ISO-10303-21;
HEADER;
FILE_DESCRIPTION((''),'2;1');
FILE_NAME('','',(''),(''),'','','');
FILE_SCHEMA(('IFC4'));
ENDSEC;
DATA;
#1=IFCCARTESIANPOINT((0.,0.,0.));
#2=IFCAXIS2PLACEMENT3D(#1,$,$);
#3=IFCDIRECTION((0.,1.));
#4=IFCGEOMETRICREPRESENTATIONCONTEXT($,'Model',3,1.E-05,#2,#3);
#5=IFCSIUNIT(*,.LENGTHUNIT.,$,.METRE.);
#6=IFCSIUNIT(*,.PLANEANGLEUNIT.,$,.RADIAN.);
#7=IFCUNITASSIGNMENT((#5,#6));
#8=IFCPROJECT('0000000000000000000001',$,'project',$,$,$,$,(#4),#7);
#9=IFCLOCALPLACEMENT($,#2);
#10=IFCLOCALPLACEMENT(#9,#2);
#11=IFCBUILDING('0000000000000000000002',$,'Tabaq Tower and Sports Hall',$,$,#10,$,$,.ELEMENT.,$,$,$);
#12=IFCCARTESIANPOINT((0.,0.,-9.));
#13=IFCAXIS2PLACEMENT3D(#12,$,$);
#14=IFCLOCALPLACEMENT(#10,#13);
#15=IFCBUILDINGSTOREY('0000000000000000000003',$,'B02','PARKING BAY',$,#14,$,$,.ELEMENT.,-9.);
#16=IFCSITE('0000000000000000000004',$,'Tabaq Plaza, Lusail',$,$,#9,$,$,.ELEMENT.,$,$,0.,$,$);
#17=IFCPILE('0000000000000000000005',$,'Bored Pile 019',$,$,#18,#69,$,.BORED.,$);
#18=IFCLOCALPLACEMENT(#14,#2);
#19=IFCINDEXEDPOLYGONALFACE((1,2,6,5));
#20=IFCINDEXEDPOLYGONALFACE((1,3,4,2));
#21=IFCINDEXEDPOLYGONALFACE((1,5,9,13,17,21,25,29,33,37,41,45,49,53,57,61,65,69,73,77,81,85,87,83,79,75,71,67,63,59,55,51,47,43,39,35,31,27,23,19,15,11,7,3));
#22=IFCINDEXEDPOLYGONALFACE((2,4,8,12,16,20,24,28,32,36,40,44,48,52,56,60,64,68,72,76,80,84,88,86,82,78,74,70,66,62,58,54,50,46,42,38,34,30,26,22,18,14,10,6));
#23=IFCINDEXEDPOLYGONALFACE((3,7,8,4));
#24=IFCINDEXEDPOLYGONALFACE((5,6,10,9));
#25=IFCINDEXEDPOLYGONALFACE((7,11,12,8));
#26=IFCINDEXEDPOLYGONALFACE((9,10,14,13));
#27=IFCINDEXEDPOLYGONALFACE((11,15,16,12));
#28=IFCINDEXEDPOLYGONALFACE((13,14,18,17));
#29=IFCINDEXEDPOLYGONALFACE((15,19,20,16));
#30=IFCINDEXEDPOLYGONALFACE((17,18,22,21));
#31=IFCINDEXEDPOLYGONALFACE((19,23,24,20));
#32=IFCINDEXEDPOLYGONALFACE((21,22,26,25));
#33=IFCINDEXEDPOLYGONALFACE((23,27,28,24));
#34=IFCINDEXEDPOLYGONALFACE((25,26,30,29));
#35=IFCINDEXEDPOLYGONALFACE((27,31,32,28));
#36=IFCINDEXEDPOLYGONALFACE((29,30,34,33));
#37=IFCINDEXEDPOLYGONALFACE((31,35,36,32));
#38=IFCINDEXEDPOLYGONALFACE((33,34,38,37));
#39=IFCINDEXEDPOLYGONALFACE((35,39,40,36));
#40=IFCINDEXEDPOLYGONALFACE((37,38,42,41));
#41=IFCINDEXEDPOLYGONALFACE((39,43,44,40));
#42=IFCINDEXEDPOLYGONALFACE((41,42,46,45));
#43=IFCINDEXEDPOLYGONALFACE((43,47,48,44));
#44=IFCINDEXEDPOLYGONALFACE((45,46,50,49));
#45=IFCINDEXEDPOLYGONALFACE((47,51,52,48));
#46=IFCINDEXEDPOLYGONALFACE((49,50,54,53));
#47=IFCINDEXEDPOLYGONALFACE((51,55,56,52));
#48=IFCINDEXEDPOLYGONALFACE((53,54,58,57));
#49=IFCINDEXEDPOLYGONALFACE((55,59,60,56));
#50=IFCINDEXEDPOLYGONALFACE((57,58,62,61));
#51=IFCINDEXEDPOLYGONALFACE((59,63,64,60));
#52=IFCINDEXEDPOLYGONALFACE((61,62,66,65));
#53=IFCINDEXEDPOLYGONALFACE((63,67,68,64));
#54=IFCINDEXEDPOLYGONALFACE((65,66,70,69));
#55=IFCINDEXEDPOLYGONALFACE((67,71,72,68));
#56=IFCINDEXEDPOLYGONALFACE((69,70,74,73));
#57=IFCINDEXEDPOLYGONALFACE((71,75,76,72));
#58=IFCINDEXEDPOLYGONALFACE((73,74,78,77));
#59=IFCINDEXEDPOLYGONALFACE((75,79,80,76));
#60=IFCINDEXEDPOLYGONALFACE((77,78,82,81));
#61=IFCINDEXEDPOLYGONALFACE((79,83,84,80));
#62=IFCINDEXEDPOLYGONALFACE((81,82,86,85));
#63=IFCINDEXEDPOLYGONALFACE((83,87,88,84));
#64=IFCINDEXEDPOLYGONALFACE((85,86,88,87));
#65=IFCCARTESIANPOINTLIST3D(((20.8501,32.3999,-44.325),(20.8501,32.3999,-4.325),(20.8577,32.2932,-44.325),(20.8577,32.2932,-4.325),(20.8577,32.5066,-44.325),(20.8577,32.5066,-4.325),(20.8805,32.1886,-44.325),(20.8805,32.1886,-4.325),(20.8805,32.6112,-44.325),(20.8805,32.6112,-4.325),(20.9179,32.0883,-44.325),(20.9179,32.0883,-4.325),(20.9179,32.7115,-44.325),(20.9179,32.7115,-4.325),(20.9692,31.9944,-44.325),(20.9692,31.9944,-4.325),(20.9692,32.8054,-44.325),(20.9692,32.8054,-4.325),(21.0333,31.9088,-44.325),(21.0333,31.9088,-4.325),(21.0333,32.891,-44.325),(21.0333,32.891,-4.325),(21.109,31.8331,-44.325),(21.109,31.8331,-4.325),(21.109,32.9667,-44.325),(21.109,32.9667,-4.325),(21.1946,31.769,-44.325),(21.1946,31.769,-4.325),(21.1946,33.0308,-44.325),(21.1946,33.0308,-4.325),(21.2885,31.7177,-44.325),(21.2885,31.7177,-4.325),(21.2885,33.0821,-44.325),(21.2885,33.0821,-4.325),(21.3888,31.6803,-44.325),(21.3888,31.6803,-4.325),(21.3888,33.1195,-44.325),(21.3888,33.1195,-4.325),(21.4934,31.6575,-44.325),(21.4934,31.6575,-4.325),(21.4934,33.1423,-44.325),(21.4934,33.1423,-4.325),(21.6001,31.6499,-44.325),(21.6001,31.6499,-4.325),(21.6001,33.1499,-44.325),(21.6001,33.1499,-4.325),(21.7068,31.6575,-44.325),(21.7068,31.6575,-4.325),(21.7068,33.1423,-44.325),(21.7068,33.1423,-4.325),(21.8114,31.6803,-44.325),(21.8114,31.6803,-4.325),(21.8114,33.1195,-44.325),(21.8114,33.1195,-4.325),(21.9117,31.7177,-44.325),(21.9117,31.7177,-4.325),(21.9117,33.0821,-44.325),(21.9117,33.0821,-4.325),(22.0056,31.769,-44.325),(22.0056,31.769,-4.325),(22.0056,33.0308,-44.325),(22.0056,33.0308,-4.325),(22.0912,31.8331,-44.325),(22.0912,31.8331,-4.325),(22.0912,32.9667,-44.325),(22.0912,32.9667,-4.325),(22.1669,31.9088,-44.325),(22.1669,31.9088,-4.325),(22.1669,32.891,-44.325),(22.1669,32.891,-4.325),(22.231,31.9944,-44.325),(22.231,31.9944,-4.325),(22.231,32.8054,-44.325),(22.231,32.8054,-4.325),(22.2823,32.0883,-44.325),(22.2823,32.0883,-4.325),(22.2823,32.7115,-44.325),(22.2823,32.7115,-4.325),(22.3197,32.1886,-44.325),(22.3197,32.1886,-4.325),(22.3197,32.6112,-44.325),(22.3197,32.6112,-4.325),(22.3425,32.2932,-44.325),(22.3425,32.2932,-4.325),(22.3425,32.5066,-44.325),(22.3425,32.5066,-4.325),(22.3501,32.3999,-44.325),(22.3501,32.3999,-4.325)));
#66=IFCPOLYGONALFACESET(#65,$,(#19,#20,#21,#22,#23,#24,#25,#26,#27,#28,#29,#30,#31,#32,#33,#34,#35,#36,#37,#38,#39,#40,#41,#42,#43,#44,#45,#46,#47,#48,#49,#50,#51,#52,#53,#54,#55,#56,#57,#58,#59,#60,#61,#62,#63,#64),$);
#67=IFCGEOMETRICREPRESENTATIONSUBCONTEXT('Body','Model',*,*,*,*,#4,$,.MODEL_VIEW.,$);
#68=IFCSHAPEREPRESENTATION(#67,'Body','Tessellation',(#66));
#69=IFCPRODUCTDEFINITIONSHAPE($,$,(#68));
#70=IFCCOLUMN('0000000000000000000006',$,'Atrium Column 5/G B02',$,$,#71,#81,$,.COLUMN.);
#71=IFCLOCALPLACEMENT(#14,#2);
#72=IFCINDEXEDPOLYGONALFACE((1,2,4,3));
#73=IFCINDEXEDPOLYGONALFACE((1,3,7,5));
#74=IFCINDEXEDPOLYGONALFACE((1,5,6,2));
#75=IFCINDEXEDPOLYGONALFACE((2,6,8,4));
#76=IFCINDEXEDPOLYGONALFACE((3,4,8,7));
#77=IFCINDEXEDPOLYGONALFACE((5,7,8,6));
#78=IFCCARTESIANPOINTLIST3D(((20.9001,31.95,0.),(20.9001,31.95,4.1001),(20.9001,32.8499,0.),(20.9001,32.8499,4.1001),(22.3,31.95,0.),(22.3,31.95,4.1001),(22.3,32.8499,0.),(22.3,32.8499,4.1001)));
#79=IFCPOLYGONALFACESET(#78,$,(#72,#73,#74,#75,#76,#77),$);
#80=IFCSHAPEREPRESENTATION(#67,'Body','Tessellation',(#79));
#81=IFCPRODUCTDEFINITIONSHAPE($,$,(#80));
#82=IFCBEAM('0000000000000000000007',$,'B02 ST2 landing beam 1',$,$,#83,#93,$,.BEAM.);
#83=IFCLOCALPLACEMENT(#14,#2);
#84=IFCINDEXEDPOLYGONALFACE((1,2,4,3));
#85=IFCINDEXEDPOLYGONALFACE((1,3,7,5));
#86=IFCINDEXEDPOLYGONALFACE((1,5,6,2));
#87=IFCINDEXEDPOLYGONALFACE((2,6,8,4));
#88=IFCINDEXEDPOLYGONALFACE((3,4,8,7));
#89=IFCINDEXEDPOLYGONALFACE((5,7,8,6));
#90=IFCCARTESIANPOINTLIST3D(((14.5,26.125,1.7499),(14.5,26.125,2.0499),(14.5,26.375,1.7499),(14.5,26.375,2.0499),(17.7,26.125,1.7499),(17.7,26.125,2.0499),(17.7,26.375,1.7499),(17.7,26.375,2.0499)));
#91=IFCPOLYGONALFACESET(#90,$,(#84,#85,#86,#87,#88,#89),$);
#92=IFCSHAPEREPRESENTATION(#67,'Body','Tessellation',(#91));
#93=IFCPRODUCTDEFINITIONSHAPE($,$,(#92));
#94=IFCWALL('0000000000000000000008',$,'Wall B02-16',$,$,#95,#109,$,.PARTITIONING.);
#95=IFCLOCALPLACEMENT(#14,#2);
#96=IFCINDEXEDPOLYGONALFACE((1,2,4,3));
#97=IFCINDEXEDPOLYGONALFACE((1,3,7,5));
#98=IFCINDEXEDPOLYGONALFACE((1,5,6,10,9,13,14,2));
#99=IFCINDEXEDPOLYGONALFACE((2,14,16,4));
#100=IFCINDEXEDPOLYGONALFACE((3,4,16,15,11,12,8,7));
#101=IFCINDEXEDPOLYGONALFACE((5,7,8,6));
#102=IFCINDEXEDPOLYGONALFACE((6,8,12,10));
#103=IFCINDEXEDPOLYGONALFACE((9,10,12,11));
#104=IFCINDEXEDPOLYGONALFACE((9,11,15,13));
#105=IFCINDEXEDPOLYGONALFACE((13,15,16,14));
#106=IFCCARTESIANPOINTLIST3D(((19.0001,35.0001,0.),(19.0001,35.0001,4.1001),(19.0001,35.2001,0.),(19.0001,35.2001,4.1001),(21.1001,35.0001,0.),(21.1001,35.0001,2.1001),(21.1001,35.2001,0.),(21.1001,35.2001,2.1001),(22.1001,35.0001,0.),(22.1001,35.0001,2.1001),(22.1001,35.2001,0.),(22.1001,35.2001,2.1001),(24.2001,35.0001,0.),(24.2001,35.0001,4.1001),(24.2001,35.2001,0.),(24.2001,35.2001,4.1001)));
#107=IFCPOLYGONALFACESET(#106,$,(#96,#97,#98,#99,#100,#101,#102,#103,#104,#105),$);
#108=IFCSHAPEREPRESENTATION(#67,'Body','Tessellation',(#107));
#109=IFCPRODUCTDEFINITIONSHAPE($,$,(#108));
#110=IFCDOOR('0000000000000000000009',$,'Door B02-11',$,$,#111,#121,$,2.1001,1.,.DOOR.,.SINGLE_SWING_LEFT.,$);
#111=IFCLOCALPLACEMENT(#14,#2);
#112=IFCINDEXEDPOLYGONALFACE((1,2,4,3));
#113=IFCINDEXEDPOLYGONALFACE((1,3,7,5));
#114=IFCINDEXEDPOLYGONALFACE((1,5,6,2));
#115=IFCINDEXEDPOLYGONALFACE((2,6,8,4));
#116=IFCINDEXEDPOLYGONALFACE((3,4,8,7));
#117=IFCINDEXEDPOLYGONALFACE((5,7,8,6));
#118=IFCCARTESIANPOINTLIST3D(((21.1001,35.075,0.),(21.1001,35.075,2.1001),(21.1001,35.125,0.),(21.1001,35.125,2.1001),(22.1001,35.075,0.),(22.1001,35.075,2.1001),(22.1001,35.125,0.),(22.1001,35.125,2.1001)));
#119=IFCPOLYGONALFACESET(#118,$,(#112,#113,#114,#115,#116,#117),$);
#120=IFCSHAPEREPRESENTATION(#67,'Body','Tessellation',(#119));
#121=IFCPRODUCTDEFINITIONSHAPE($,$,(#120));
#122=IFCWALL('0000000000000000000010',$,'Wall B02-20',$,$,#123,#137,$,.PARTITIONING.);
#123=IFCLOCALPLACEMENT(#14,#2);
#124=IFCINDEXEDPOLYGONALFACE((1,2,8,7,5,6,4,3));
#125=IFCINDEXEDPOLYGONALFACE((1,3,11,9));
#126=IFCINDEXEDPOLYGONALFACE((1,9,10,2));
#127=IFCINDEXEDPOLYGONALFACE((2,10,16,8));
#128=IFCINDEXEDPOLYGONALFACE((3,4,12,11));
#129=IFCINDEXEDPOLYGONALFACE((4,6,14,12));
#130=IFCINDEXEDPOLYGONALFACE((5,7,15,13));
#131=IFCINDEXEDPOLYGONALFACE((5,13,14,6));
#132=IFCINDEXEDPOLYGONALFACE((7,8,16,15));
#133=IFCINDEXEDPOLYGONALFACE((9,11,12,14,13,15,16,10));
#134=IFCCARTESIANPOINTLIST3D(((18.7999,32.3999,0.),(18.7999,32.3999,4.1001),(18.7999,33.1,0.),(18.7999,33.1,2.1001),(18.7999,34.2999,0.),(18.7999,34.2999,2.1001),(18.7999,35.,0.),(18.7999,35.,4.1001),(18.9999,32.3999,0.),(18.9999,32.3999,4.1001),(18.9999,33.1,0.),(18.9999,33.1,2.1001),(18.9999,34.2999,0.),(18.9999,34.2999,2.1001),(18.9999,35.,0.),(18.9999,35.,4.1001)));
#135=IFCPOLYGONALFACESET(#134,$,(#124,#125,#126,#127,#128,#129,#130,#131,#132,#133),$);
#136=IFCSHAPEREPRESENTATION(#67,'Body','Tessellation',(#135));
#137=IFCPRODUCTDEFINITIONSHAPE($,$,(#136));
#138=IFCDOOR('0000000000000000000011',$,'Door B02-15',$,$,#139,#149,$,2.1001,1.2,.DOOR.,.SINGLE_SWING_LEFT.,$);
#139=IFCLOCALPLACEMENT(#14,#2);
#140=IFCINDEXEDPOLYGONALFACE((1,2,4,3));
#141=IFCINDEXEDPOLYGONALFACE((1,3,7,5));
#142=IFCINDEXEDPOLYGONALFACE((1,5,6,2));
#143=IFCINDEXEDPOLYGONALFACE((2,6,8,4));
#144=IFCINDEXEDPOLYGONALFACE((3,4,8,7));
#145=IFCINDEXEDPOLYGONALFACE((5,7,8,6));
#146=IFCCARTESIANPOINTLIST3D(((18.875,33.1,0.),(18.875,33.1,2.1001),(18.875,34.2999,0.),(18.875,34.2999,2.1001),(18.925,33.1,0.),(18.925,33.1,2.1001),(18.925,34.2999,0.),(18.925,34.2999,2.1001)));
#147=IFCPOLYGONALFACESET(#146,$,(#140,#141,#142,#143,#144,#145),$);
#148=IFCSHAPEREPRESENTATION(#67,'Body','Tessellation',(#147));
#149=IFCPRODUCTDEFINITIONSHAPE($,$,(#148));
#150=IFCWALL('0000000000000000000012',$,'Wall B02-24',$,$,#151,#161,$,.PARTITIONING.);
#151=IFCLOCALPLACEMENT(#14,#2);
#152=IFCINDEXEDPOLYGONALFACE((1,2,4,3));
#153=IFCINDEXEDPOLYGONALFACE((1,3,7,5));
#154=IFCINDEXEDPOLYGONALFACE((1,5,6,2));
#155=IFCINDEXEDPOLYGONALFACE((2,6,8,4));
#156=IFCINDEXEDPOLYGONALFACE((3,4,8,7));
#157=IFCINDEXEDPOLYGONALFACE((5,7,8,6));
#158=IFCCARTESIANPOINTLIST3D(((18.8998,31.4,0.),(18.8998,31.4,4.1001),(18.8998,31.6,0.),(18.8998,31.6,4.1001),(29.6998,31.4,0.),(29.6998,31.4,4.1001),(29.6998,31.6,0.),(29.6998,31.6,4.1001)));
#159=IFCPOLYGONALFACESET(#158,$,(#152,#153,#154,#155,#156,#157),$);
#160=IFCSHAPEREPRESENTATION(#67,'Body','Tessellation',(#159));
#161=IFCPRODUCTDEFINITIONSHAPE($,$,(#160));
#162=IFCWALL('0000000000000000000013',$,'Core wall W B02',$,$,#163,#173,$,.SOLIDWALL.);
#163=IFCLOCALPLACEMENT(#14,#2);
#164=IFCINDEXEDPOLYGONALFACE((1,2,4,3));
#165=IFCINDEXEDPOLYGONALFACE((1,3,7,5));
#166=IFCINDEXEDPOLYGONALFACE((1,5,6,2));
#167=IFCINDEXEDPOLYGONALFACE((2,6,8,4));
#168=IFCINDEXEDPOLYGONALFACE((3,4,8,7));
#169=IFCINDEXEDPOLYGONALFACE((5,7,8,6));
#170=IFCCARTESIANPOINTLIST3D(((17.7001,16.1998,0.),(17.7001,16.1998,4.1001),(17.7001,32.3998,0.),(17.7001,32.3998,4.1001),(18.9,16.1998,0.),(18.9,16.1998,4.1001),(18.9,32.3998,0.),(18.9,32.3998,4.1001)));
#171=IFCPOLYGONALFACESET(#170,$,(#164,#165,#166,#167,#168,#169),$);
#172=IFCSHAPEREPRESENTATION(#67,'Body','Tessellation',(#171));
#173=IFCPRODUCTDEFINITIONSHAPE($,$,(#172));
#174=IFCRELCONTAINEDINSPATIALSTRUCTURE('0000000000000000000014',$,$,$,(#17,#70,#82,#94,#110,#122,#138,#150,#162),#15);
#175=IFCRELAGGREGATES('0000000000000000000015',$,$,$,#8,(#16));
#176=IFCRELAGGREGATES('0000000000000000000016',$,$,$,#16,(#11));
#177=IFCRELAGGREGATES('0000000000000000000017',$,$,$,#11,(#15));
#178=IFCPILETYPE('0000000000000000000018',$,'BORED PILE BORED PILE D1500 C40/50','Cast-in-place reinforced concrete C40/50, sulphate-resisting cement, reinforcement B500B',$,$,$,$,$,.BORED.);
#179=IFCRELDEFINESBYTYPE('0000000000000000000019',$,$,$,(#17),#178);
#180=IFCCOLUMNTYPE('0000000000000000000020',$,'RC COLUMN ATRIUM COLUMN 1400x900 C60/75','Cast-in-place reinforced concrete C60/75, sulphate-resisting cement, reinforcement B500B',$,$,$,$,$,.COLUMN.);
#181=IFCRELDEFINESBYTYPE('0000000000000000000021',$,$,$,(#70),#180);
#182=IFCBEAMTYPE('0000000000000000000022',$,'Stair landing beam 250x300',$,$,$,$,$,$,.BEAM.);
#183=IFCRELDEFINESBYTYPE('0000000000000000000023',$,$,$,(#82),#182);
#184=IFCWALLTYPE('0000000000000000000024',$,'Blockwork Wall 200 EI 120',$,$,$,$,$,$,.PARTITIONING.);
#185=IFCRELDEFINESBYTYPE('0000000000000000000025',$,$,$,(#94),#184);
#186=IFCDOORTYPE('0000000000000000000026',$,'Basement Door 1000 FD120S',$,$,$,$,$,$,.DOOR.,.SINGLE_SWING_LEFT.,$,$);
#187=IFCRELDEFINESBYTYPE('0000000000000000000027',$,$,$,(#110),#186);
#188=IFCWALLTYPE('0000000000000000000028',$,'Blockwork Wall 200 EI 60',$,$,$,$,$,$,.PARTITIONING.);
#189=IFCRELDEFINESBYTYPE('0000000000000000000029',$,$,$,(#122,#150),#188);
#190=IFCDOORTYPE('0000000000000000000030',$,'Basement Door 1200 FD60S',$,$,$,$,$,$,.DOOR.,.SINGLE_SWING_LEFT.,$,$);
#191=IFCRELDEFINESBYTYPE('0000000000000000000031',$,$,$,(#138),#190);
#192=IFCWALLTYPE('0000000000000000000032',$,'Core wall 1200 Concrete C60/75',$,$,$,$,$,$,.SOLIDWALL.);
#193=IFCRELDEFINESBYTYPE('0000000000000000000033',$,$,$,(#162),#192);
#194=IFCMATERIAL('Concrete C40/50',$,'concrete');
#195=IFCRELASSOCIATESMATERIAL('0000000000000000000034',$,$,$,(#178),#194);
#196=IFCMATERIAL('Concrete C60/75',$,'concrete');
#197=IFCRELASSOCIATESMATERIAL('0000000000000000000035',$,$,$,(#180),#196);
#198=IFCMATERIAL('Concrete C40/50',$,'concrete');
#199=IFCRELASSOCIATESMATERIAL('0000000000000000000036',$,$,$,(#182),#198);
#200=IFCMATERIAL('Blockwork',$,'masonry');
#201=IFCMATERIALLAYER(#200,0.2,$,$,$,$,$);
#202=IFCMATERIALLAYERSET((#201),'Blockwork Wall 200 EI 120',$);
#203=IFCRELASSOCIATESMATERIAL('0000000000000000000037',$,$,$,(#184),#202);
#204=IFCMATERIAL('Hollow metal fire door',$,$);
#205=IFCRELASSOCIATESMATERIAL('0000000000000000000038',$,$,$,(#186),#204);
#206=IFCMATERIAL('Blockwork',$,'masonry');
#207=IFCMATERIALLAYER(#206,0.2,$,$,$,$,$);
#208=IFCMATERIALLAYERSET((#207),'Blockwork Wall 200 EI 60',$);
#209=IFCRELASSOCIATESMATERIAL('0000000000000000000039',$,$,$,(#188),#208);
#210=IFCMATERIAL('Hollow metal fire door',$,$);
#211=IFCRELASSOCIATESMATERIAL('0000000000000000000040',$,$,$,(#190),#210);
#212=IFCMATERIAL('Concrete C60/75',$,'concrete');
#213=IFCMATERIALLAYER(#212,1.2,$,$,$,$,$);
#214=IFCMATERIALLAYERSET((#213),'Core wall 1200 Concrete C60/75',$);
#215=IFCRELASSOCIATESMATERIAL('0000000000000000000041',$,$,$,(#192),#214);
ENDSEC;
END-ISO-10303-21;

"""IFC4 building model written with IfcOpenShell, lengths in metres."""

from ifc_helpers import new_model, si_unit, direction, frame, frame_2d, origin, origin_2d, place, context, subcontext, project, spatial, rectangle, circle, extrude, material, layer, layer_set, material_profile, profile_set, type_object, element, fill, save


model = new_model("IFC4")

# Units and contexts
model_context = context("Model", 3, precision=1e-05, world=origin(), true_north=direction((0.0, 1.0)))
body_context = subcontext(model_context, "Body", "Model", "MODEL_VIEW")
ifc_project = project(units=[si_unit("LENGTHUNIT", "METRE"), si_unit("PLANEANGLEUNIT", "RADIAN")], contexts=[model_context])

# Site, building, storey
site_placement = place(None, origin())
site = spatial("IfcSite", under=ifc_project, at=site_placement, Name="Tabaq Plaza, Lusail", CompositionType="ELEMENT", RefElevation=0.0)
building_placement = place(site_placement, origin())
building = spatial("IfcBuilding", under=site, at=building_placement, Name="Tabaq Tower and Sports Hall", CompositionType="ELEMENT")
storey_placement = place(building_placement, frame((0.0, 0.0, -9.0)))
storey = spatial("IfcBuildingStorey", under=building, at=storey_placement, Name="B02", Description="PARKING BAY", CompositionType="ELEMENT", Elevation=-9.0)

# Pile
ifc_material_1 = material(Name="Concrete C40/50", Category="concrete")
ifc_material_profile_1 = material_profile(ifc_material_1, circle(Radius=0.75, at=origin_2d()), Name="BORED PILE D1500")
ifc_profile_set_1 = profile_set([ifc_material_profile_1], Name="Concrete C40/50")
pile_type_1 = type_object("IfcPileType", Name="BORED PILE BORED PILE D1500 C40/50", Description="Cast-in-place reinforced concrete C40/50, sulphate-resisting cement, reinforcement B500B", PredefinedType="BORED", material=ifc_profile_set_1)
pile_placement = place(storey_placement, frame((21.6001, 32.3999, -4.325), z_axis=(0.0, 0.0, -1.0), x_axis=(1.0, 0.0, 0.0)))
element("IfcPile", 1, at=pile_placement, inside=storey, type_object=pile_type_1, Name="Bored Pile 019", PredefinedType="BORED", context=body_context, shape_type="SweptSolid", body=[
    extrude(circle(Radius=0.75, at=origin_2d()), origin(), (0.0, 0.0, 1.0), 40.0),
])

# Column
ifc_material_2 = material(Name="Concrete C60/75", Category="concrete")
ifc_material_profile_2 = material_profile(ifc_material_2, rectangle(XDim=1.3999, YDim=0.8999, at=origin_2d()), Name="ATRIUM COLUMN 1400x900")
ifc_profile_set_2 = profile_set([ifc_material_profile_2], Name="Concrete C60/75")
column_type = type_object("IfcColumnType", Name="RC COLUMN ATRIUM COLUMN 1400x900 C60/75", Description="Cast-in-place reinforced concrete C60/75, sulphate-resisting cement, reinforcement B500B", PredefinedType="COLUMN", material=ifc_profile_set_2)
column_placement = place(storey_placement, frame((21.6001, 32.3999, 0.0), z_axis=(0.0, 0.0, 1.0), x_axis=(1.0, 0.0, 0.0)))
element("IfcColumn", 2, at=column_placement, inside=storey, type_object=column_type, Name="Atrium Column 5/G B02", PredefinedType="COLUMN", context=body_context, shape_type="SweptSolid", body=[
    extrude(rectangle(XDim=1.3999, YDim=0.8999, at=origin_2d()), origin(), (0.0, 0.0, 1.0), 4.1001),
])

# Beam
ifc_material_3 = material(Name="Concrete C40/50", Category="concrete")
ifc_material_profile_3 = material_profile(ifc_material_3, rectangle(XDim=0.25, YDim=0.3, at=origin_2d()), Name="RC 250x300")
ifc_profile_set_3 = profile_set([ifc_material_profile_3], Name="Concrete C40/50")
beam_type = type_object("IfcBeamType", Name="Stair landing beam 250x300", PredefinedType="BEAM", material=ifc_profile_set_3)
beam_placement = place(storey_placement, frame((14.5, 26.25, 1.8999), z_axis=(1.0, 0.0, 0.0), x_axis=(0.0, 1.0, 0.0)))
element("IfcBeam", 3, at=beam_placement, inside=storey, type_object=beam_type, Name="B02 ST2 landing beam 1", PredefinedType="BEAM", context=body_context, shape_type="SweptSolid", body=[
    extrude(rectangle(XDim=0.25, YDim=0.3, at=origin_2d()), origin(), (0.0, 0.0, 1.0), 3.2),
])

# Walls, openings, doors
ifc_material_4 = material(Name="Blockwork", Category="masonry")
ifc_layer_1 = layer(ifc_material_4, 0.2)
ifc_layer_set_1 = layer_set([ifc_layer_1], Name="Blockwork Wall 200 EI 120")
wall_type_1 = type_object("IfcWallType", Name="Blockwork Wall 200 EI 120", PredefinedType="PARTITIONING", material=ifc_layer_set_1)
wall_1_placement = place(storey_placement, frame((19.0, 35.1001, 0.0), z_axis=(0.0, 0.0, 1.0), x_axis=(1.0, 0.0, 0.0)))
wall_1 = element("IfcWall", 4, at=wall_1_placement, inside=storey, type_object=wall_type_1, Name="Wall B02-16", PredefinedType="PARTITIONING", context=body_context, shape_type="SweptSolid", body=[
    extrude(rectangle(XDim=5.2, YDim=0.2, at=frame_2d((2.6001, 0.0))), origin(), (0.0, 0.0, 1.0), 4.1001),
])
opening_1_placement = place(wall_1_placement, frame((2.1001, 0.0, 0.0)))
opening_1 = element("IfcOpeningElement", 5, at=opening_1_placement, cuts=wall_1, PredefinedType="OPENING", context=body_context, shape_type="SweptSolid", body=[
    extrude(rectangle(XDim=1.0, YDim=2.1001, at=frame_2d((0.5, 1.05))), frame((0.0, 0.1099, 0.0), z_axis=(0.0, -1.0, 0.0), x_axis=(1.0, 0.0, 0.0)), (0.0, 0.0, 1.0), 0.22),
])
ifc_material_5 = material(Name="Hollow metal fire door")
door_type_1 = type_object("IfcDoorType", Name="Basement Door 1000 FD120S", OperationType="SINGLE_SWING_LEFT", PredefinedType="DOOR", material=ifc_material_5)
door_1_placement = place(opening_1_placement, origin())
door_1 = element("IfcDoor", 6, at=door_1_placement, inside=storey, type_object=door_type_1, Name="Door B02-11", OperationType="SINGLE_SWING_LEFT", OverallHeight=2.1001, OverallWidth=1.0, PredefinedType="DOOR", context=body_context, shape_type="SweptSolid", body=[
    extrude(rectangle(XDim=1.0, YDim=2.1001, at=frame_2d((0.5, 1.05))), frame((0.0, 0.0249, 0.0), z_axis=(0.0, -1.0, 0.0), x_axis=(1.0, 0.0, 0.0)), (0.0, 0.0, 1.0), 0.05),
])
fill(opening_1, door_1)
ifc_material_6 = material(Name="Blockwork", Category="masonry")
ifc_layer_2 = layer(ifc_material_6, 0.2)
ifc_layer_set_2 = layer_set([ifc_layer_2], Name="Blockwork Wall 200 EI 60")
wall_type_2 = type_object("IfcWallType", Name="Blockwork Wall 200 EI 60", PredefinedType="PARTITIONING", material=ifc_layer_set_2)
wall_2_placement = place(storey_placement, frame((18.8999, 32.3999, 0.0), z_axis=(0.0, 0.0, 1.0), x_axis=(0.0, 1.0, 0.0)))
wall_2 = element("IfcWall", 7, at=wall_2_placement, inside=storey, type_object=wall_type_2, Name="Wall B02-20", PredefinedType="PARTITIONING", context=body_context, shape_type="SweptSolid", body=[
    extrude(rectangle(XDim=2.6001, YDim=0.2, at=frame_2d((1.3, 0.0))), origin(), (0.0, 0.0, 1.0), 4.1001),
])
opening_2_placement = place(wall_2_placement, frame((0.7, 0.0, 0.0)))
opening_2 = element("IfcOpeningElement", 8, at=opening_2_placement, cuts=wall_2, PredefinedType="OPENING", context=body_context, shape_type="SweptSolid", body=[
    extrude(rectangle(XDim=1.2, YDim=2.1001, at=frame_2d((0.6001, 1.05))), frame((0.0, 0.1099, 0.0), z_axis=(0.0, -1.0, 0.0), x_axis=(1.0, 0.0, 0.0)), (0.0, 0.0, 1.0), 0.22),
])
ifc_material_7 = material(Name="Hollow metal fire door")
door_type_2 = type_object("IfcDoorType", Name="Basement Door 1200 FD60S", OperationType="SINGLE_SWING_LEFT", PredefinedType="DOOR", material=ifc_material_7)
door_2_placement = place(opening_2_placement, origin())
door_2 = element("IfcDoor", 9, at=door_2_placement, inside=storey, type_object=door_type_2, Name="Door B02-15", OperationType="SINGLE_SWING_LEFT", OverallHeight=2.1001, OverallWidth=1.2, PredefinedType="DOOR", context=body_context, shape_type="SweptSolid", body=[
    extrude(rectangle(XDim=1.2, YDim=2.1001, at=frame_2d((0.6001, 1.05))), frame((0.0, 0.0249, 0.0), z_axis=(0.0, -1.0, 0.0), x_axis=(1.0, 0.0, 0.0)), (0.0, 0.0, 1.0), 0.05),
])
fill(opening_2, door_2)

# Walls
wall_3_placement = place(storey_placement, frame((18.8999, 31.5, 0.0), z_axis=(0.0, 0.0, 1.0), x_axis=(1.0, 0.0, 0.0)))
element("IfcWall", 10, at=wall_3_placement, inside=storey, type_object=wall_type_2, Name="Wall B02-24", PredefinedType="PARTITIONING", context=body_context, shape_type="SweptSolid", body=[
    extrude(rectangle(XDim=10.8, YDim=0.2, at=frame_2d((5.3999, 0.0))), origin(), (0.0, 0.0, 1.0), 4.1001),
])
ifc_material_8 = material(Name="Concrete C60/75", Category="concrete")
ifc_layer_3 = layer(ifc_material_8, 1.2)
ifc_layer_set_3 = layer_set([ifc_layer_3], Name="Core wall 1200 Concrete C60/75")
wall_type_3 = type_object("IfcWallType", Name="Core wall 1200 Concrete C60/75", PredefinedType="SOLIDWALL", material=ifc_layer_set_3)
wall_4_placement = place(storey_placement, frame((18.3, 32.3999, 0.0), z_axis=(0.0, 0.0, 1.0), x_axis=(0.0, -1.0, 0.0)))
element("IfcWall", 11, at=wall_4_placement, inside=storey, type_object=wall_type_3, Name="Core wall W B02", PredefinedType="SOLIDWALL", context=body_context, shape_type="SweptSolid", body=[
    extrude(rectangle(XDim=16.2, YDim=1.2, at=frame_2d((8.1001, 0.0))), origin(), (0.0, 0.0, 1.0), 4.1001),
])

save(model, "model.ifc")
